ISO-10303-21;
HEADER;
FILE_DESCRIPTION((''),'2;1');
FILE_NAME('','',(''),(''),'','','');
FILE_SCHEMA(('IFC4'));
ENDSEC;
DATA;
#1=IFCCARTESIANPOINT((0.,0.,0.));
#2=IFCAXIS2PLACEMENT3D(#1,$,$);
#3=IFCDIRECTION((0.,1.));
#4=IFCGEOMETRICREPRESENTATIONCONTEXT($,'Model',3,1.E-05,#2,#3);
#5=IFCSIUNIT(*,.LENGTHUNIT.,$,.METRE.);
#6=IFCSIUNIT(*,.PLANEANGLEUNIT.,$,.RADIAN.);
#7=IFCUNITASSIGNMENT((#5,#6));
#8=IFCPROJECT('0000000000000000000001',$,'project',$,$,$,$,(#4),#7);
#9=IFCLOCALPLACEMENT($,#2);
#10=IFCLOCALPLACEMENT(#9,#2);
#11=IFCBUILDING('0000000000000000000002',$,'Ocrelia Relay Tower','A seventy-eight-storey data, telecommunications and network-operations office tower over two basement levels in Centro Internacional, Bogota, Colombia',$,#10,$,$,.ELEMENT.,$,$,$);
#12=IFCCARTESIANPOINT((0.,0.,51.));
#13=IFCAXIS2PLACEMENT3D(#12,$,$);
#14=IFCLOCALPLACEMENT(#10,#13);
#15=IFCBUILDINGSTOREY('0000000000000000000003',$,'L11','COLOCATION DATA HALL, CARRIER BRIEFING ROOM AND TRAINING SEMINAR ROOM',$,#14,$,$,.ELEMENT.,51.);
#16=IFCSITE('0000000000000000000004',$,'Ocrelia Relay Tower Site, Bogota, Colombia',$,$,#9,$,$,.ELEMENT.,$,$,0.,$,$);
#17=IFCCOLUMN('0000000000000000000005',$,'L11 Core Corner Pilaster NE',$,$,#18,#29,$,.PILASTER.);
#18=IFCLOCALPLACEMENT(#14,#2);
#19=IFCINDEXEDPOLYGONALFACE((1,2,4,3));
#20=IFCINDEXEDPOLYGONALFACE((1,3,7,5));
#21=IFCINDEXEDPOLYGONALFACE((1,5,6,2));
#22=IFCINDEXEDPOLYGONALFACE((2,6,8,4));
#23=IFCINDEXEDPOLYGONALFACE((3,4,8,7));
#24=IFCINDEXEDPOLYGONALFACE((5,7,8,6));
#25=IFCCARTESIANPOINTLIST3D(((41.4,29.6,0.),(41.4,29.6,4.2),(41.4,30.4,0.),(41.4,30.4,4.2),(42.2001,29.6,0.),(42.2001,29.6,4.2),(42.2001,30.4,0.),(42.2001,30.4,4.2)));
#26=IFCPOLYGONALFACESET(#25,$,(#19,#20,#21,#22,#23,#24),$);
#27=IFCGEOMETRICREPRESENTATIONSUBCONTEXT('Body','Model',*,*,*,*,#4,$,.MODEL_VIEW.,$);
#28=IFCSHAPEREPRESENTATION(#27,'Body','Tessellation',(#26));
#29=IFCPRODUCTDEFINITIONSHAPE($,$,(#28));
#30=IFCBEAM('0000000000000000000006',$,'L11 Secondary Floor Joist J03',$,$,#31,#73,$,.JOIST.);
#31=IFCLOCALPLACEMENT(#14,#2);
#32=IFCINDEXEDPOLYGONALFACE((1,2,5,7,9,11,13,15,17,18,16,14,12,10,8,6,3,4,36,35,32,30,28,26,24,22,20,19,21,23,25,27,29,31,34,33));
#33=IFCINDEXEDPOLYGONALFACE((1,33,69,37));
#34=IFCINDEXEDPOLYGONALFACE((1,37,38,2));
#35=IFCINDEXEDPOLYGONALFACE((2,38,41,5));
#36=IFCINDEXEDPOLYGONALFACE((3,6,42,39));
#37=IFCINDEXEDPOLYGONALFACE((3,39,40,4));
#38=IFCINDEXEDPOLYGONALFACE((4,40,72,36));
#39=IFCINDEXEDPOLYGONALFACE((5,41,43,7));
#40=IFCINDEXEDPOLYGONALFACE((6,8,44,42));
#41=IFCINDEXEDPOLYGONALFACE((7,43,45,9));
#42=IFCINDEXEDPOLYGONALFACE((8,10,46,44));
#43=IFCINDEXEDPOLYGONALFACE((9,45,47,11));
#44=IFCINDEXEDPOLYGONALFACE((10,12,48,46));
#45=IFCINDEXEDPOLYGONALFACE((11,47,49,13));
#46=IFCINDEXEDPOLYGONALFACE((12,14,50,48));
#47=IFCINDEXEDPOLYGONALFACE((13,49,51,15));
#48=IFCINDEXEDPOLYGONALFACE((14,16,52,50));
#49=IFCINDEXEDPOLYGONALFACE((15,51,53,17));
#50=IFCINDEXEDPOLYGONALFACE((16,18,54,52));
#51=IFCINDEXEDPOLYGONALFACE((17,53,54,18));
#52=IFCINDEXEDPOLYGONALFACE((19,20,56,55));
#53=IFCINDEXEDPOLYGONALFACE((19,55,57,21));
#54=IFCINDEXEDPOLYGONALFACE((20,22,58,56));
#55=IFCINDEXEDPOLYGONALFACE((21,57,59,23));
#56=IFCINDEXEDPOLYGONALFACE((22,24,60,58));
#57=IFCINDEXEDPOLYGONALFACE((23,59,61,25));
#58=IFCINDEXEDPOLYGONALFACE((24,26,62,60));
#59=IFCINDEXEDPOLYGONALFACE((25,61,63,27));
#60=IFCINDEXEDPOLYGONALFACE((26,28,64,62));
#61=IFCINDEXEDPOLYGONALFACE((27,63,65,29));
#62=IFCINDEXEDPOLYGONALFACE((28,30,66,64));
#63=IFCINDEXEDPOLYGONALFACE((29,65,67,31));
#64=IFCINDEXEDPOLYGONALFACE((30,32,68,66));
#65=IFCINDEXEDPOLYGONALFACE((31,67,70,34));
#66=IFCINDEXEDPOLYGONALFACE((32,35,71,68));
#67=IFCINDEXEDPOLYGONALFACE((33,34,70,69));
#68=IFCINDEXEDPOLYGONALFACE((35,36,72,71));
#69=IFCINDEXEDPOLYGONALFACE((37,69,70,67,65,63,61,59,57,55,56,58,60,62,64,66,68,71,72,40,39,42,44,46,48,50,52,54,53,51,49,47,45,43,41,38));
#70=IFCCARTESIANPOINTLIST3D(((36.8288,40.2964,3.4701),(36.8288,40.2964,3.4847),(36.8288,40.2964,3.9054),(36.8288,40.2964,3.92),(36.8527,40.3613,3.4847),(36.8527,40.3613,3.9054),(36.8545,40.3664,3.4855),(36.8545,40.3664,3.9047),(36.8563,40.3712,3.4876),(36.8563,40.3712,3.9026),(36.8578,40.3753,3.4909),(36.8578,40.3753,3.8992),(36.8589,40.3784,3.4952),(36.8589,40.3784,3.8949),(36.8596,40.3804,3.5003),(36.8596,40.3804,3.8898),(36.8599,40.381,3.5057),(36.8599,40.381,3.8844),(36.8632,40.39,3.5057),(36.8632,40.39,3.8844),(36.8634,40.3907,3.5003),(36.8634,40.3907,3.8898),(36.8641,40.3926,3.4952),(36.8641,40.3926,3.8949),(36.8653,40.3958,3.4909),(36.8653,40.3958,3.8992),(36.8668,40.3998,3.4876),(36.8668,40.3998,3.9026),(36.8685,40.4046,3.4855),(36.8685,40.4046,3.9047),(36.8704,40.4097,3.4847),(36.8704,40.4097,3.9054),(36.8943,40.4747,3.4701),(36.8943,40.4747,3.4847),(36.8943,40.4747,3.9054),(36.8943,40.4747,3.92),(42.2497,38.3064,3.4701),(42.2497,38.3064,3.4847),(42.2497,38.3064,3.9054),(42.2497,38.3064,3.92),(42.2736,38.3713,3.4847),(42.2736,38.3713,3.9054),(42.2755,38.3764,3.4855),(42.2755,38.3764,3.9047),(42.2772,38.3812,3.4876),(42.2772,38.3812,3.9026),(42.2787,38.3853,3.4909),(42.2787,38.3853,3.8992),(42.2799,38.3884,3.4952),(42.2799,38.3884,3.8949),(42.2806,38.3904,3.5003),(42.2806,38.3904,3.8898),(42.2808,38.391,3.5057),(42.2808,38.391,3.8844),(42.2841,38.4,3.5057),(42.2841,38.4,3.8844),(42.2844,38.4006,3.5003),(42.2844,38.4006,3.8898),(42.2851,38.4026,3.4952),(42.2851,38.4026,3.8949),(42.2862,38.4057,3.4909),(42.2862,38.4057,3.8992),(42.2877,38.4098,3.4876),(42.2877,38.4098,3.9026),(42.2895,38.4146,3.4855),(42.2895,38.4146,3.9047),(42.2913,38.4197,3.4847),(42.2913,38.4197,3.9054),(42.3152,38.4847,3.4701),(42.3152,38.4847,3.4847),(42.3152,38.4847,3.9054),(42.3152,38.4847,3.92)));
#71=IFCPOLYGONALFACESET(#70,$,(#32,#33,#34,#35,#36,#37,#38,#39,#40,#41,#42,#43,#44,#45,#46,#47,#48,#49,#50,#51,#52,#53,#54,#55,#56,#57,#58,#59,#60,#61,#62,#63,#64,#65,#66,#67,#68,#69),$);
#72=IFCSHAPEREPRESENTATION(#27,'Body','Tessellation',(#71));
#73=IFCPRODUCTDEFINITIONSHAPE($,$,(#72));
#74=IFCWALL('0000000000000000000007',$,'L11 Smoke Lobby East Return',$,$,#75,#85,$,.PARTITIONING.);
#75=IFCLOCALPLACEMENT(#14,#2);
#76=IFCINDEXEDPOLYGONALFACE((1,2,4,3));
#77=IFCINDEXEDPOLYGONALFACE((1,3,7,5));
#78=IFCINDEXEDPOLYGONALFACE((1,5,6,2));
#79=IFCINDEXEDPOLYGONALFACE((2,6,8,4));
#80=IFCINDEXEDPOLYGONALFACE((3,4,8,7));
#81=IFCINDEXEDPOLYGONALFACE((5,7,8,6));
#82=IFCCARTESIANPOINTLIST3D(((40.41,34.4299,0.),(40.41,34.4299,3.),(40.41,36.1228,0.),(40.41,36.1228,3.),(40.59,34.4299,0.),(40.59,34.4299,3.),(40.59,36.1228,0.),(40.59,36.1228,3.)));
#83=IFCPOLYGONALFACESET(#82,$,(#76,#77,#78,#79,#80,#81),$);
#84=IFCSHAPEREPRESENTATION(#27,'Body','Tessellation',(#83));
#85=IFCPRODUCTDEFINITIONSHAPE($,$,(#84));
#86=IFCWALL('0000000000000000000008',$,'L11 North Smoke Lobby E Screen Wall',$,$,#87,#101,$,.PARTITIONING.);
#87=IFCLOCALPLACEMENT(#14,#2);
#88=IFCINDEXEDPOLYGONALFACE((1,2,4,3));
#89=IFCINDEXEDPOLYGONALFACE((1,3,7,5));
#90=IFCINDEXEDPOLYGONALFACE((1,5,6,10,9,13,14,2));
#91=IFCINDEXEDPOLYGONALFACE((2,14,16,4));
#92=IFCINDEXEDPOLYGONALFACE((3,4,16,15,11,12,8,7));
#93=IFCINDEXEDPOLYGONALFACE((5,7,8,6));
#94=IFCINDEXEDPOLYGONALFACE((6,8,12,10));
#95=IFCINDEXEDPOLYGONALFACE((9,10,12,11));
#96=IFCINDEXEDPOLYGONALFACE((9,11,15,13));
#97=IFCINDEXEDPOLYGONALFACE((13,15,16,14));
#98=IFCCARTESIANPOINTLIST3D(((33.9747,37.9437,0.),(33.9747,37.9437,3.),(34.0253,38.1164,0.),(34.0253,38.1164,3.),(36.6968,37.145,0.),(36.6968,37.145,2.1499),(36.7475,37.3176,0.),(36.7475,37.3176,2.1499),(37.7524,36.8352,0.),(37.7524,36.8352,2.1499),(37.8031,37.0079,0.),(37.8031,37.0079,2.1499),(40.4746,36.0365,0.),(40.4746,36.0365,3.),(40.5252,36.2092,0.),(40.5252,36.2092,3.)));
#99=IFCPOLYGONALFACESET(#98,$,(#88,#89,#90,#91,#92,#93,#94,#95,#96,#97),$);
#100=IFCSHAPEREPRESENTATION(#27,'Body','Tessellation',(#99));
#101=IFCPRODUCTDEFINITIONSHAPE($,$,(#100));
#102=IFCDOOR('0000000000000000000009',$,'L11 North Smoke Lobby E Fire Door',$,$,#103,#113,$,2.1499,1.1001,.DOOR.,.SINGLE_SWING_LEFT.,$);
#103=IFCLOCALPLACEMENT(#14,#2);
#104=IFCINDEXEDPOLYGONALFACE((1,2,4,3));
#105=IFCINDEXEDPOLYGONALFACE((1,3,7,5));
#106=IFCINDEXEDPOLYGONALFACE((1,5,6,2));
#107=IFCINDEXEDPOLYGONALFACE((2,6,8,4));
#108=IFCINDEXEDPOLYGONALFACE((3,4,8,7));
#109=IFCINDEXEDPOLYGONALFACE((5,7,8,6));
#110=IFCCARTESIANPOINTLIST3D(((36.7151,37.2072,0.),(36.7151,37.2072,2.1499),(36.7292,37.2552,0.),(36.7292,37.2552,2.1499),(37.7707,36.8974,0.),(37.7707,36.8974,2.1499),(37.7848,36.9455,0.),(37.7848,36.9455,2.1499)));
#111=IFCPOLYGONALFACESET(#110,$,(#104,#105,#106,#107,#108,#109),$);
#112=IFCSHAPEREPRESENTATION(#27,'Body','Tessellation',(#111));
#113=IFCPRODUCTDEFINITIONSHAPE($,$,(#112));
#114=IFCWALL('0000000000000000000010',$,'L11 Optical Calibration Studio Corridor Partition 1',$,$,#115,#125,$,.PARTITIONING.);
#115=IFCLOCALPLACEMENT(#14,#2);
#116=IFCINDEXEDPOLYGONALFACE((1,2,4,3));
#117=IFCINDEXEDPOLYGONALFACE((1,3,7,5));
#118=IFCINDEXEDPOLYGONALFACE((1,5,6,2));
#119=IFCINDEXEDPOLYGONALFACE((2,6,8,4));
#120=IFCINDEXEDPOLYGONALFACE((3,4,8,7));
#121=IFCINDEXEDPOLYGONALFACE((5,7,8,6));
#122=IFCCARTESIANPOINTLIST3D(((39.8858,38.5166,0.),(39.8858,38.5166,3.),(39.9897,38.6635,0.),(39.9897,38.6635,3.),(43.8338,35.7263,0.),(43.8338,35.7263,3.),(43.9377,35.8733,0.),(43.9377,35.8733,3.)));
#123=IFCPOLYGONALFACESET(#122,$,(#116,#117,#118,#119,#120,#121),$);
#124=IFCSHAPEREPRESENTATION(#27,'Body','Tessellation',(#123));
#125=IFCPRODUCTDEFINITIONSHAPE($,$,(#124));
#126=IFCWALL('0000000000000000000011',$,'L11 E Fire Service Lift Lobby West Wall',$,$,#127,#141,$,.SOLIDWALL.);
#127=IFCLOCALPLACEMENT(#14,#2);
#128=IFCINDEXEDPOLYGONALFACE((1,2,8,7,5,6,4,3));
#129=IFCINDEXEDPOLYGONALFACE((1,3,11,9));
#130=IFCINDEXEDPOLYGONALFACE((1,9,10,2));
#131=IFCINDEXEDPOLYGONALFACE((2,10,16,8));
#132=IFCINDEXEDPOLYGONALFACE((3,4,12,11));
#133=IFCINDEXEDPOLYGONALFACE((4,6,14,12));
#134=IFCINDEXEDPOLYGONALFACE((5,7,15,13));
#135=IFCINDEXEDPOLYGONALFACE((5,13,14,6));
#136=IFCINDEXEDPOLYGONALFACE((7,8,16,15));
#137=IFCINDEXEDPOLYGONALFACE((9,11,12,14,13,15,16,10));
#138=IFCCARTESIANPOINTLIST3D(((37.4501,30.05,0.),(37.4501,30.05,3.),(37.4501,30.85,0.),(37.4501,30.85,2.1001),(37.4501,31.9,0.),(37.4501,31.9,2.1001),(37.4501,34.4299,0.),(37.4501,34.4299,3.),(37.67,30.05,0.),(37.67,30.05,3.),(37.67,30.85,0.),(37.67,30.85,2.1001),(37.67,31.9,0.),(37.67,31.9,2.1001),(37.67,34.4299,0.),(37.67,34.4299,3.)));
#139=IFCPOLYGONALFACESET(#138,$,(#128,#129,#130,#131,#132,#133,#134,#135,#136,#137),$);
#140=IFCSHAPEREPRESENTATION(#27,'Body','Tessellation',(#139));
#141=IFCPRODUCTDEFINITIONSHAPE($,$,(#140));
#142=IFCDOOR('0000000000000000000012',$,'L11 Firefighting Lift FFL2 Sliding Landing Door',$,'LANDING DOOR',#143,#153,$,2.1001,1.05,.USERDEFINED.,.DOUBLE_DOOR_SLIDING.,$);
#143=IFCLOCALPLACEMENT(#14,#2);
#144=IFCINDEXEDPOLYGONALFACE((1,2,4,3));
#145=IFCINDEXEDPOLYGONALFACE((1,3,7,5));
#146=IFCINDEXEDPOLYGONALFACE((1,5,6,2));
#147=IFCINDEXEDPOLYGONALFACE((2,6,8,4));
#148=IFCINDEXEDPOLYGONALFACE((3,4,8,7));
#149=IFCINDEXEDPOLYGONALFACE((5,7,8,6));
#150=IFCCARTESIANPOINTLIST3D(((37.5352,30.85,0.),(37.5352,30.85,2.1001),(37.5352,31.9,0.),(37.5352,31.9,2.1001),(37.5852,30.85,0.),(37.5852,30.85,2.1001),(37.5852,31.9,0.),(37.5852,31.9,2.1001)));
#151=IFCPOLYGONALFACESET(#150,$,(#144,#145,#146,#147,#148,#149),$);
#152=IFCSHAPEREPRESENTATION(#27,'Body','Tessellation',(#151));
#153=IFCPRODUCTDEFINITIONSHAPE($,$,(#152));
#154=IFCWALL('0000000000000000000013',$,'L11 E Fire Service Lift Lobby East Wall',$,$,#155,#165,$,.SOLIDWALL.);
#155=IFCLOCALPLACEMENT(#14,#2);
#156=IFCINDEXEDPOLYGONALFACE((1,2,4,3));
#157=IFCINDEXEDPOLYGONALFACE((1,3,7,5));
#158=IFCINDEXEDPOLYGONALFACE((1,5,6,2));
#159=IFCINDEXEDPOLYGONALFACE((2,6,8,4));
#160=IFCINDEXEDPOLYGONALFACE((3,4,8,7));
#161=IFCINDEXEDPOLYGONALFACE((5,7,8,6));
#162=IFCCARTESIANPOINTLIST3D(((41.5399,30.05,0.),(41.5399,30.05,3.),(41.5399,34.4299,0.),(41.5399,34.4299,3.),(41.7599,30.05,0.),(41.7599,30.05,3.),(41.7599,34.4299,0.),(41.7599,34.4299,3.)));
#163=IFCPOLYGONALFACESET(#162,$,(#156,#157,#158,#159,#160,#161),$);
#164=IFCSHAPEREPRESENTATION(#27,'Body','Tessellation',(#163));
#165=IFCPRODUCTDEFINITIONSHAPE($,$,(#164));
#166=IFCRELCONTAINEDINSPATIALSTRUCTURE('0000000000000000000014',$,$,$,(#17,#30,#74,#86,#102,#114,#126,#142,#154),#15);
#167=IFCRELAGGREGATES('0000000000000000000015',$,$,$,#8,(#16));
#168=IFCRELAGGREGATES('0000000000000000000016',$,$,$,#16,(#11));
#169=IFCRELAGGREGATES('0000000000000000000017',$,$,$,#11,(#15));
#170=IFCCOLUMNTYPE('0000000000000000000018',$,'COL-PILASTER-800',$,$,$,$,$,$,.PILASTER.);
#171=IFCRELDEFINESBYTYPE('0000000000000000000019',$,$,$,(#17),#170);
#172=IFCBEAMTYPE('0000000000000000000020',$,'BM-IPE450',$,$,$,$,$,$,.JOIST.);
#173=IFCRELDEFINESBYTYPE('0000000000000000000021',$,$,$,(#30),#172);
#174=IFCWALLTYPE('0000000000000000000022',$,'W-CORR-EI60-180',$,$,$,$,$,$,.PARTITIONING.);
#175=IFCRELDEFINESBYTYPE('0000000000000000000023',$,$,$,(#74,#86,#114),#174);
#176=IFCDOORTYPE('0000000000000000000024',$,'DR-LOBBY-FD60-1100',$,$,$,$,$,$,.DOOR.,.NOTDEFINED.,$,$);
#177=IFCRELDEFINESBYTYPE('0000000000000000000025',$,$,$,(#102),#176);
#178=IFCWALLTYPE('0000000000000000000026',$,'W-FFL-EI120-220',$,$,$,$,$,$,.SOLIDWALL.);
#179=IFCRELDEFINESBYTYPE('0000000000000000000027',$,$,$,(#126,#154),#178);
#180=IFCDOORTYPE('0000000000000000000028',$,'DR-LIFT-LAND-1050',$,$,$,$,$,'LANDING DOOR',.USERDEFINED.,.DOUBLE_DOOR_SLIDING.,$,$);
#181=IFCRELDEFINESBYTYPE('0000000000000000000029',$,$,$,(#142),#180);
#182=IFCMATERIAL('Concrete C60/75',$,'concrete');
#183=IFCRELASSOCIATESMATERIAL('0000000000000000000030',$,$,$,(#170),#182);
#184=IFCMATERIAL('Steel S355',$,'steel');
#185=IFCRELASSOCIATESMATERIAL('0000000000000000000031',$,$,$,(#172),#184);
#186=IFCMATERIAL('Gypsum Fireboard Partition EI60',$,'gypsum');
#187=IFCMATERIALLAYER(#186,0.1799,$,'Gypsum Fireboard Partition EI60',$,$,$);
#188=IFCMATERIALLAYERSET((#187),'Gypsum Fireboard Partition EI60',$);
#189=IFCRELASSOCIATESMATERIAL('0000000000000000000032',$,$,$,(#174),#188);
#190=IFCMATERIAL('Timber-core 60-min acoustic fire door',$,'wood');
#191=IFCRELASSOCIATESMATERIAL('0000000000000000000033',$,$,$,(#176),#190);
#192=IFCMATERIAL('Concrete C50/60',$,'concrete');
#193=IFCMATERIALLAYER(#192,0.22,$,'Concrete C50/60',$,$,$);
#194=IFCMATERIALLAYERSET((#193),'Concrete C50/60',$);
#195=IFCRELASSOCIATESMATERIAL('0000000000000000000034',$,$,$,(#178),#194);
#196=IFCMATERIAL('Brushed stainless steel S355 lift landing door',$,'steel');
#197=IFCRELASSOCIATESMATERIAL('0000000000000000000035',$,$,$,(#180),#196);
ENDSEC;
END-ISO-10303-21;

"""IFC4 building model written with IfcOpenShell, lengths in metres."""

from ifc_helpers import new_model, si_unit, direction, frame, frame_2d, origin, origin_2d, place, context, subcontext, project, spatial, rectangle, i_section, extrude, material, layer, layer_set, material_profile, profile_set, type_object, element, fill, save


model = new_model("IFC4")

# Units and contexts
model_context = context("Model", 3, precision=1e-05, world=origin(), true_north=direction((0.0, 1.0)))
body_context = subcontext(model_context, "Body", "Model", "MODEL_VIEW")
ifc_project = project(units=[si_unit("LENGTHUNIT", "METRE"), si_unit("PLANEANGLEUNIT", "RADIAN")], contexts=[model_context])

# Site, building, storey
site_placement = place(None, origin())
site = spatial("IfcSite", under=ifc_project, at=site_placement, Name="Ocrelia Relay Tower Site, Bogota, Colombia", CompositionType="ELEMENT", RefElevation=0.0)
building_placement = place(site_placement, origin())
building = spatial("IfcBuilding", under=site, at=building_placement, Name="Ocrelia Relay Tower", Description="A seventy-eight-storey data, telecommunications and network-operations office tower over two basement levels in Centro Internacional, Bogota, Colombia", CompositionType="ELEMENT")
storey_placement = place(building_placement, frame((0.0, 0.0, 51.0)))
storey = spatial("IfcBuildingStorey", under=building, at=storey_placement, Name="L11", Description="COLOCATION DATA HALL, CARRIER BRIEFING ROOM AND TRAINING SEMINAR ROOM", CompositionType="ELEMENT", Elevation=51.0)

# Column
ifc_material_1 = material(Name="Concrete C60/75", Category="concrete")
ifc_material_profile_1 = material_profile(ifc_material_1, rectangle(XDim=0.8, YDim=0.8, at=origin_2d()), Name="RC-COL-800x800")
ifc_profile_set_1 = profile_set([ifc_material_profile_1], Name="Concrete C60/75")
column_type = type_object("IfcColumnType", Name="COL-PILASTER-800", PredefinedType="PILASTER", material=ifc_profile_set_1)
column_placement = place(storey_placement, frame((41.8, 30.0, 0.0), z_axis=(0.0, 0.0, 1.0), x_axis=(1.0, 0.0, 0.0)))
element("IfcColumn", 1, at=column_placement, inside=storey, type_object=column_type, Name="L11 Core Corner Pilaster NE", PredefinedType="PILASTER", context=body_context, shape_type="SweptSolid", body=[
    extrude(rectangle(XDim=0.8, YDim=0.8, at=origin_2d()), origin(), (0.0, 0.0, 1.0), 4.2),
])

# Beam
ifc_material_2 = material(Name="Steel S355", Category="steel")
ifc_material_profile_2 = material_profile(ifc_material_2, i_section(OverallWidth=0.1899, OverallDepth=0.45, WebThickness=0.0095, FlangeThickness=0.0146, FilletRadius=0.021, at=origin_2d()), Name="IPE 450")
ifc_profile_set_2 = profile_set([ifc_material_profile_2], Name="Steel S355")
beam_type = type_object("IfcBeamType", Name="BM-IPE450", PredefinedType="JOIST", material=ifc_profile_set_2)
beam_placement = place(storey_placement, frame((42.2825, 38.3955, 3.6951), z_axis=(-0.938746, 0.34461, 0.0), x_axis=(-0.34461, -0.938746, 0.0)))
element("IfcBeam", 2, at=beam_placement, inside=storey, type_object=beam_type, Name="L11 Secondary Floor Joist J03", PredefinedType="JOIST", context=body_context, shape_type="SweptSolid", body=[
    extrude(i_section(OverallWidth=0.1899, OverallDepth=0.45, WebThickness=0.0095, FlangeThickness=0.0146, FilletRadius=0.021, at=origin_2d()), origin(), (0.0, 0.0, 1.0), 5.7747),
])

# Wall
ifc_material_3 = material(Name="Gypsum Fireboard Partition EI60", Category="gypsum")
ifc_layer_1 = layer(ifc_material_3, 0.1799, Name="Gypsum Fireboard Partition EI60")
ifc_layer_set_1 = layer_set([ifc_layer_1], Name="Gypsum Fireboard Partition EI60")
wall_type_1 = type_object("IfcWallType", Name="W-CORR-EI60-180", PredefinedType="PARTITIONING", material=ifc_layer_set_1)
wall_1_placement = place(storey_placement, frame((40.5, 36.1228, 0.0), z_axis=(0.0, 0.0, 1.0), x_axis=(0.0, -1.0, 0.0)))
element("IfcWall", 3, at=wall_1_placement, inside=storey, type_object=wall_type_1, Name="L11 Smoke Lobby East Return", PredefinedType="PARTITIONING", context=body_context, shape_type="SweptSolid", body=[
    extrude(rectangle(XDim=1.6929, YDim=0.1799, at=frame_2d((0.8464, 0.0))), origin(), (0.0, 0.0, 1.0), 3.0),
])

# Wall, opening, door
wall_2_placement = place(storey_placement, frame((34.0, 38.03, 0.0), z_axis=(0.0, 0.0, 1.0), x_axis=(0.959547, -0.28155, 0.0)))
wall_2 = element("IfcWall", 4, at=wall_2_placement, inside=storey, type_object=wall_type_1, Name="L11 North Smoke Lobby E Screen Wall", PredefinedType="PARTITIONING", context=body_context, shape_type="SweptSolid", body=[
    extrude(rectangle(XDim=6.7739, YDim=0.1799, at=frame_2d((3.387, 0.0))), origin(), (0.0, 0.0, 1.0), 3.0),
])
opening_1_placement = place(wall_2_placement, frame((2.8369, 0.0, 0.0)))
opening_1 = element("IfcOpeningElement", 5, at=opening_1_placement, cuts=wall_2, PredefinedType="OPENING", context=body_context, shape_type="SweptSolid", body=[
    extrude(rectangle(XDim=1.1001, YDim=2.1499, at=frame_2d((0.55, 1.075))), frame((0.0, 0.1001, 0.0), z_axis=(0.0, -1.0, 0.0), x_axis=(1.0, 0.0, 0.0)), (0.0, 0.0, 1.0), 0.2),
])
ifc_material_4 = material(Name="Timber-core 60-min acoustic fire door", Category="wood")
door_type_1 = type_object("IfcDoorType", Name="DR-LOBBY-FD60-1100", OperationType="NOTDEFINED", PredefinedType="DOOR", material=ifc_material_4)
door_1_placement = place(opening_1_placement, origin())
door_1 = element("IfcDoor", 6, at=door_1_placement, inside=storey, type_object=door_type_1, Name="L11 North Smoke Lobby E Fire Door", OperationType="SINGLE_SWING_LEFT", OverallHeight=2.1499, OverallWidth=1.1001, PredefinedType="DOOR", context=body_context, shape_type="SweptSolid", body=[
    extrude(rectangle(XDim=1.1001, YDim=2.1499, at=frame_2d((0.55, 1.075))), frame((0.0, 0.0249, 0.0), z_axis=(0.0, -1.0, 0.0), x_axis=(1.0, 0.0, 0.0)), (0.0, 0.0, 1.0), 0.05),
])
fill(opening_1, door_1)

# Wall
wall_3_placement = place(storey_placement, frame((43.8857, 35.7998, 0.0), z_axis=(0.0, 0.0, 1.0), x_axis=(-0.81663, 0.577161, 0.0)))
element("IfcWall", 7, at=wall_3_placement, inside=storey, type_object=wall_type_1, Name="L11 Optical Calibration Studio Corridor Partition 1", PredefinedType="PARTITIONING", context=body_context, shape_type="SweptSolid", body=[
    extrude(rectangle(XDim=4.8345, YDim=0.1799, at=frame_2d((2.4172, 0.0))), origin(), (0.0, 0.0, 1.0), 3.0),
])

# Wall, opening, door
ifc_material_5 = material(Name="Concrete C50/60", Category="concrete")
ifc_layer_2 = layer(ifc_material_5, 0.22, Name="Concrete C50/60")
ifc_layer_set_2 = layer_set([ifc_layer_2], Name="Concrete C50/60")
wall_type_2 = type_object("IfcWallType", Name="W-FFL-EI120-220", PredefinedType="SOLIDWALL", material=ifc_layer_set_2)
wall_4_placement = place(storey_placement, frame((37.5601, 30.05, 0.0), z_axis=(0.0, 0.0, 1.0), x_axis=(0.0, 1.0, 0.0)))
wall_4 = element("IfcWall", 8, at=wall_4_placement, inside=storey, type_object=wall_type_2, Name="L11 E Fire Service Lift Lobby West Wall", PredefinedType="SOLIDWALL", context=body_context, shape_type="SweptSolid", body=[
    extrude(rectangle(XDim=4.3799, YDim=0.22, at=frame_2d((2.1899, 0.0))), origin(), (0.0, 0.0, 1.0), 3.0),
])
opening_2_placement = place(wall_4_placement, frame((0.8, 0.0, 0.0)))
opening_2 = element("IfcOpeningElement", 9, at=opening_2_placement, cuts=wall_4, PredefinedType="OPENING", context=body_context, shape_type="SweptSolid", body=[
    extrude(rectangle(XDim=1.05, YDim=2.1001, at=frame_2d((0.5249, 1.05))), frame((0.0, 0.1201, 0.0), z_axis=(0.0, -1.0, 0.0), x_axis=(1.0, 0.0, 0.0)), (0.0, 0.0, 1.0), 0.24),
])
ifc_material_6 = material(Name="Brushed stainless steel S355 lift landing door", Category="steel")
door_type_2 = type_object("IfcDoorType", Name="DR-LIFT-LAND-1050", ElementType="LANDING DOOR", OperationType="DOUBLE_DOOR_SLIDING", PredefinedType="USERDEFINED", material=ifc_material_6)
door_2_placement = place(opening_2_placement, origin())
door_2 = element("IfcDoor", 10, at=door_2_placement, inside=storey, type_object=door_type_2, Name="L11 Firefighting Lift FFL2 Sliding Landing Door", ObjectType="LANDING DOOR", OperationType="DOUBLE_DOOR_SLIDING", OverallHeight=2.1001, OverallWidth=1.05, PredefinedType="USERDEFINED", context=body_context, shape_type="SweptSolid", body=[
    extrude(rectangle(XDim=1.05, YDim=2.1001, at=frame_2d((0.5249, 1.05))), frame((0.0, 0.0249, 0.0), z_axis=(0.0, -1.0, 0.0), x_axis=(1.0, 0.0, 0.0)), (0.0, 0.0, 1.0), 0.05),
])
fill(opening_2, door_2)

# Wall
wall_5_placement = place(storey_placement, frame((41.6499, 30.05, 0.0), z_axis=(0.0, 0.0, 1.0), x_axis=(0.0, 1.0, 0.0)))
element("IfcWall", 11, at=wall_5_placement, inside=storey, type_object=wall_type_2, Name="L11 E Fire Service Lift Lobby East Wall", PredefinedType="SOLIDWALL", context=body_context, shape_type="SweptSolid", body=[
    extrude(rectangle(XDim=4.3799, YDim=0.22, at=frame_2d((2.1899, 0.0))), origin(), (0.0, 0.0, 1.0), 3.0),
])

save(model, "model.ifc")
